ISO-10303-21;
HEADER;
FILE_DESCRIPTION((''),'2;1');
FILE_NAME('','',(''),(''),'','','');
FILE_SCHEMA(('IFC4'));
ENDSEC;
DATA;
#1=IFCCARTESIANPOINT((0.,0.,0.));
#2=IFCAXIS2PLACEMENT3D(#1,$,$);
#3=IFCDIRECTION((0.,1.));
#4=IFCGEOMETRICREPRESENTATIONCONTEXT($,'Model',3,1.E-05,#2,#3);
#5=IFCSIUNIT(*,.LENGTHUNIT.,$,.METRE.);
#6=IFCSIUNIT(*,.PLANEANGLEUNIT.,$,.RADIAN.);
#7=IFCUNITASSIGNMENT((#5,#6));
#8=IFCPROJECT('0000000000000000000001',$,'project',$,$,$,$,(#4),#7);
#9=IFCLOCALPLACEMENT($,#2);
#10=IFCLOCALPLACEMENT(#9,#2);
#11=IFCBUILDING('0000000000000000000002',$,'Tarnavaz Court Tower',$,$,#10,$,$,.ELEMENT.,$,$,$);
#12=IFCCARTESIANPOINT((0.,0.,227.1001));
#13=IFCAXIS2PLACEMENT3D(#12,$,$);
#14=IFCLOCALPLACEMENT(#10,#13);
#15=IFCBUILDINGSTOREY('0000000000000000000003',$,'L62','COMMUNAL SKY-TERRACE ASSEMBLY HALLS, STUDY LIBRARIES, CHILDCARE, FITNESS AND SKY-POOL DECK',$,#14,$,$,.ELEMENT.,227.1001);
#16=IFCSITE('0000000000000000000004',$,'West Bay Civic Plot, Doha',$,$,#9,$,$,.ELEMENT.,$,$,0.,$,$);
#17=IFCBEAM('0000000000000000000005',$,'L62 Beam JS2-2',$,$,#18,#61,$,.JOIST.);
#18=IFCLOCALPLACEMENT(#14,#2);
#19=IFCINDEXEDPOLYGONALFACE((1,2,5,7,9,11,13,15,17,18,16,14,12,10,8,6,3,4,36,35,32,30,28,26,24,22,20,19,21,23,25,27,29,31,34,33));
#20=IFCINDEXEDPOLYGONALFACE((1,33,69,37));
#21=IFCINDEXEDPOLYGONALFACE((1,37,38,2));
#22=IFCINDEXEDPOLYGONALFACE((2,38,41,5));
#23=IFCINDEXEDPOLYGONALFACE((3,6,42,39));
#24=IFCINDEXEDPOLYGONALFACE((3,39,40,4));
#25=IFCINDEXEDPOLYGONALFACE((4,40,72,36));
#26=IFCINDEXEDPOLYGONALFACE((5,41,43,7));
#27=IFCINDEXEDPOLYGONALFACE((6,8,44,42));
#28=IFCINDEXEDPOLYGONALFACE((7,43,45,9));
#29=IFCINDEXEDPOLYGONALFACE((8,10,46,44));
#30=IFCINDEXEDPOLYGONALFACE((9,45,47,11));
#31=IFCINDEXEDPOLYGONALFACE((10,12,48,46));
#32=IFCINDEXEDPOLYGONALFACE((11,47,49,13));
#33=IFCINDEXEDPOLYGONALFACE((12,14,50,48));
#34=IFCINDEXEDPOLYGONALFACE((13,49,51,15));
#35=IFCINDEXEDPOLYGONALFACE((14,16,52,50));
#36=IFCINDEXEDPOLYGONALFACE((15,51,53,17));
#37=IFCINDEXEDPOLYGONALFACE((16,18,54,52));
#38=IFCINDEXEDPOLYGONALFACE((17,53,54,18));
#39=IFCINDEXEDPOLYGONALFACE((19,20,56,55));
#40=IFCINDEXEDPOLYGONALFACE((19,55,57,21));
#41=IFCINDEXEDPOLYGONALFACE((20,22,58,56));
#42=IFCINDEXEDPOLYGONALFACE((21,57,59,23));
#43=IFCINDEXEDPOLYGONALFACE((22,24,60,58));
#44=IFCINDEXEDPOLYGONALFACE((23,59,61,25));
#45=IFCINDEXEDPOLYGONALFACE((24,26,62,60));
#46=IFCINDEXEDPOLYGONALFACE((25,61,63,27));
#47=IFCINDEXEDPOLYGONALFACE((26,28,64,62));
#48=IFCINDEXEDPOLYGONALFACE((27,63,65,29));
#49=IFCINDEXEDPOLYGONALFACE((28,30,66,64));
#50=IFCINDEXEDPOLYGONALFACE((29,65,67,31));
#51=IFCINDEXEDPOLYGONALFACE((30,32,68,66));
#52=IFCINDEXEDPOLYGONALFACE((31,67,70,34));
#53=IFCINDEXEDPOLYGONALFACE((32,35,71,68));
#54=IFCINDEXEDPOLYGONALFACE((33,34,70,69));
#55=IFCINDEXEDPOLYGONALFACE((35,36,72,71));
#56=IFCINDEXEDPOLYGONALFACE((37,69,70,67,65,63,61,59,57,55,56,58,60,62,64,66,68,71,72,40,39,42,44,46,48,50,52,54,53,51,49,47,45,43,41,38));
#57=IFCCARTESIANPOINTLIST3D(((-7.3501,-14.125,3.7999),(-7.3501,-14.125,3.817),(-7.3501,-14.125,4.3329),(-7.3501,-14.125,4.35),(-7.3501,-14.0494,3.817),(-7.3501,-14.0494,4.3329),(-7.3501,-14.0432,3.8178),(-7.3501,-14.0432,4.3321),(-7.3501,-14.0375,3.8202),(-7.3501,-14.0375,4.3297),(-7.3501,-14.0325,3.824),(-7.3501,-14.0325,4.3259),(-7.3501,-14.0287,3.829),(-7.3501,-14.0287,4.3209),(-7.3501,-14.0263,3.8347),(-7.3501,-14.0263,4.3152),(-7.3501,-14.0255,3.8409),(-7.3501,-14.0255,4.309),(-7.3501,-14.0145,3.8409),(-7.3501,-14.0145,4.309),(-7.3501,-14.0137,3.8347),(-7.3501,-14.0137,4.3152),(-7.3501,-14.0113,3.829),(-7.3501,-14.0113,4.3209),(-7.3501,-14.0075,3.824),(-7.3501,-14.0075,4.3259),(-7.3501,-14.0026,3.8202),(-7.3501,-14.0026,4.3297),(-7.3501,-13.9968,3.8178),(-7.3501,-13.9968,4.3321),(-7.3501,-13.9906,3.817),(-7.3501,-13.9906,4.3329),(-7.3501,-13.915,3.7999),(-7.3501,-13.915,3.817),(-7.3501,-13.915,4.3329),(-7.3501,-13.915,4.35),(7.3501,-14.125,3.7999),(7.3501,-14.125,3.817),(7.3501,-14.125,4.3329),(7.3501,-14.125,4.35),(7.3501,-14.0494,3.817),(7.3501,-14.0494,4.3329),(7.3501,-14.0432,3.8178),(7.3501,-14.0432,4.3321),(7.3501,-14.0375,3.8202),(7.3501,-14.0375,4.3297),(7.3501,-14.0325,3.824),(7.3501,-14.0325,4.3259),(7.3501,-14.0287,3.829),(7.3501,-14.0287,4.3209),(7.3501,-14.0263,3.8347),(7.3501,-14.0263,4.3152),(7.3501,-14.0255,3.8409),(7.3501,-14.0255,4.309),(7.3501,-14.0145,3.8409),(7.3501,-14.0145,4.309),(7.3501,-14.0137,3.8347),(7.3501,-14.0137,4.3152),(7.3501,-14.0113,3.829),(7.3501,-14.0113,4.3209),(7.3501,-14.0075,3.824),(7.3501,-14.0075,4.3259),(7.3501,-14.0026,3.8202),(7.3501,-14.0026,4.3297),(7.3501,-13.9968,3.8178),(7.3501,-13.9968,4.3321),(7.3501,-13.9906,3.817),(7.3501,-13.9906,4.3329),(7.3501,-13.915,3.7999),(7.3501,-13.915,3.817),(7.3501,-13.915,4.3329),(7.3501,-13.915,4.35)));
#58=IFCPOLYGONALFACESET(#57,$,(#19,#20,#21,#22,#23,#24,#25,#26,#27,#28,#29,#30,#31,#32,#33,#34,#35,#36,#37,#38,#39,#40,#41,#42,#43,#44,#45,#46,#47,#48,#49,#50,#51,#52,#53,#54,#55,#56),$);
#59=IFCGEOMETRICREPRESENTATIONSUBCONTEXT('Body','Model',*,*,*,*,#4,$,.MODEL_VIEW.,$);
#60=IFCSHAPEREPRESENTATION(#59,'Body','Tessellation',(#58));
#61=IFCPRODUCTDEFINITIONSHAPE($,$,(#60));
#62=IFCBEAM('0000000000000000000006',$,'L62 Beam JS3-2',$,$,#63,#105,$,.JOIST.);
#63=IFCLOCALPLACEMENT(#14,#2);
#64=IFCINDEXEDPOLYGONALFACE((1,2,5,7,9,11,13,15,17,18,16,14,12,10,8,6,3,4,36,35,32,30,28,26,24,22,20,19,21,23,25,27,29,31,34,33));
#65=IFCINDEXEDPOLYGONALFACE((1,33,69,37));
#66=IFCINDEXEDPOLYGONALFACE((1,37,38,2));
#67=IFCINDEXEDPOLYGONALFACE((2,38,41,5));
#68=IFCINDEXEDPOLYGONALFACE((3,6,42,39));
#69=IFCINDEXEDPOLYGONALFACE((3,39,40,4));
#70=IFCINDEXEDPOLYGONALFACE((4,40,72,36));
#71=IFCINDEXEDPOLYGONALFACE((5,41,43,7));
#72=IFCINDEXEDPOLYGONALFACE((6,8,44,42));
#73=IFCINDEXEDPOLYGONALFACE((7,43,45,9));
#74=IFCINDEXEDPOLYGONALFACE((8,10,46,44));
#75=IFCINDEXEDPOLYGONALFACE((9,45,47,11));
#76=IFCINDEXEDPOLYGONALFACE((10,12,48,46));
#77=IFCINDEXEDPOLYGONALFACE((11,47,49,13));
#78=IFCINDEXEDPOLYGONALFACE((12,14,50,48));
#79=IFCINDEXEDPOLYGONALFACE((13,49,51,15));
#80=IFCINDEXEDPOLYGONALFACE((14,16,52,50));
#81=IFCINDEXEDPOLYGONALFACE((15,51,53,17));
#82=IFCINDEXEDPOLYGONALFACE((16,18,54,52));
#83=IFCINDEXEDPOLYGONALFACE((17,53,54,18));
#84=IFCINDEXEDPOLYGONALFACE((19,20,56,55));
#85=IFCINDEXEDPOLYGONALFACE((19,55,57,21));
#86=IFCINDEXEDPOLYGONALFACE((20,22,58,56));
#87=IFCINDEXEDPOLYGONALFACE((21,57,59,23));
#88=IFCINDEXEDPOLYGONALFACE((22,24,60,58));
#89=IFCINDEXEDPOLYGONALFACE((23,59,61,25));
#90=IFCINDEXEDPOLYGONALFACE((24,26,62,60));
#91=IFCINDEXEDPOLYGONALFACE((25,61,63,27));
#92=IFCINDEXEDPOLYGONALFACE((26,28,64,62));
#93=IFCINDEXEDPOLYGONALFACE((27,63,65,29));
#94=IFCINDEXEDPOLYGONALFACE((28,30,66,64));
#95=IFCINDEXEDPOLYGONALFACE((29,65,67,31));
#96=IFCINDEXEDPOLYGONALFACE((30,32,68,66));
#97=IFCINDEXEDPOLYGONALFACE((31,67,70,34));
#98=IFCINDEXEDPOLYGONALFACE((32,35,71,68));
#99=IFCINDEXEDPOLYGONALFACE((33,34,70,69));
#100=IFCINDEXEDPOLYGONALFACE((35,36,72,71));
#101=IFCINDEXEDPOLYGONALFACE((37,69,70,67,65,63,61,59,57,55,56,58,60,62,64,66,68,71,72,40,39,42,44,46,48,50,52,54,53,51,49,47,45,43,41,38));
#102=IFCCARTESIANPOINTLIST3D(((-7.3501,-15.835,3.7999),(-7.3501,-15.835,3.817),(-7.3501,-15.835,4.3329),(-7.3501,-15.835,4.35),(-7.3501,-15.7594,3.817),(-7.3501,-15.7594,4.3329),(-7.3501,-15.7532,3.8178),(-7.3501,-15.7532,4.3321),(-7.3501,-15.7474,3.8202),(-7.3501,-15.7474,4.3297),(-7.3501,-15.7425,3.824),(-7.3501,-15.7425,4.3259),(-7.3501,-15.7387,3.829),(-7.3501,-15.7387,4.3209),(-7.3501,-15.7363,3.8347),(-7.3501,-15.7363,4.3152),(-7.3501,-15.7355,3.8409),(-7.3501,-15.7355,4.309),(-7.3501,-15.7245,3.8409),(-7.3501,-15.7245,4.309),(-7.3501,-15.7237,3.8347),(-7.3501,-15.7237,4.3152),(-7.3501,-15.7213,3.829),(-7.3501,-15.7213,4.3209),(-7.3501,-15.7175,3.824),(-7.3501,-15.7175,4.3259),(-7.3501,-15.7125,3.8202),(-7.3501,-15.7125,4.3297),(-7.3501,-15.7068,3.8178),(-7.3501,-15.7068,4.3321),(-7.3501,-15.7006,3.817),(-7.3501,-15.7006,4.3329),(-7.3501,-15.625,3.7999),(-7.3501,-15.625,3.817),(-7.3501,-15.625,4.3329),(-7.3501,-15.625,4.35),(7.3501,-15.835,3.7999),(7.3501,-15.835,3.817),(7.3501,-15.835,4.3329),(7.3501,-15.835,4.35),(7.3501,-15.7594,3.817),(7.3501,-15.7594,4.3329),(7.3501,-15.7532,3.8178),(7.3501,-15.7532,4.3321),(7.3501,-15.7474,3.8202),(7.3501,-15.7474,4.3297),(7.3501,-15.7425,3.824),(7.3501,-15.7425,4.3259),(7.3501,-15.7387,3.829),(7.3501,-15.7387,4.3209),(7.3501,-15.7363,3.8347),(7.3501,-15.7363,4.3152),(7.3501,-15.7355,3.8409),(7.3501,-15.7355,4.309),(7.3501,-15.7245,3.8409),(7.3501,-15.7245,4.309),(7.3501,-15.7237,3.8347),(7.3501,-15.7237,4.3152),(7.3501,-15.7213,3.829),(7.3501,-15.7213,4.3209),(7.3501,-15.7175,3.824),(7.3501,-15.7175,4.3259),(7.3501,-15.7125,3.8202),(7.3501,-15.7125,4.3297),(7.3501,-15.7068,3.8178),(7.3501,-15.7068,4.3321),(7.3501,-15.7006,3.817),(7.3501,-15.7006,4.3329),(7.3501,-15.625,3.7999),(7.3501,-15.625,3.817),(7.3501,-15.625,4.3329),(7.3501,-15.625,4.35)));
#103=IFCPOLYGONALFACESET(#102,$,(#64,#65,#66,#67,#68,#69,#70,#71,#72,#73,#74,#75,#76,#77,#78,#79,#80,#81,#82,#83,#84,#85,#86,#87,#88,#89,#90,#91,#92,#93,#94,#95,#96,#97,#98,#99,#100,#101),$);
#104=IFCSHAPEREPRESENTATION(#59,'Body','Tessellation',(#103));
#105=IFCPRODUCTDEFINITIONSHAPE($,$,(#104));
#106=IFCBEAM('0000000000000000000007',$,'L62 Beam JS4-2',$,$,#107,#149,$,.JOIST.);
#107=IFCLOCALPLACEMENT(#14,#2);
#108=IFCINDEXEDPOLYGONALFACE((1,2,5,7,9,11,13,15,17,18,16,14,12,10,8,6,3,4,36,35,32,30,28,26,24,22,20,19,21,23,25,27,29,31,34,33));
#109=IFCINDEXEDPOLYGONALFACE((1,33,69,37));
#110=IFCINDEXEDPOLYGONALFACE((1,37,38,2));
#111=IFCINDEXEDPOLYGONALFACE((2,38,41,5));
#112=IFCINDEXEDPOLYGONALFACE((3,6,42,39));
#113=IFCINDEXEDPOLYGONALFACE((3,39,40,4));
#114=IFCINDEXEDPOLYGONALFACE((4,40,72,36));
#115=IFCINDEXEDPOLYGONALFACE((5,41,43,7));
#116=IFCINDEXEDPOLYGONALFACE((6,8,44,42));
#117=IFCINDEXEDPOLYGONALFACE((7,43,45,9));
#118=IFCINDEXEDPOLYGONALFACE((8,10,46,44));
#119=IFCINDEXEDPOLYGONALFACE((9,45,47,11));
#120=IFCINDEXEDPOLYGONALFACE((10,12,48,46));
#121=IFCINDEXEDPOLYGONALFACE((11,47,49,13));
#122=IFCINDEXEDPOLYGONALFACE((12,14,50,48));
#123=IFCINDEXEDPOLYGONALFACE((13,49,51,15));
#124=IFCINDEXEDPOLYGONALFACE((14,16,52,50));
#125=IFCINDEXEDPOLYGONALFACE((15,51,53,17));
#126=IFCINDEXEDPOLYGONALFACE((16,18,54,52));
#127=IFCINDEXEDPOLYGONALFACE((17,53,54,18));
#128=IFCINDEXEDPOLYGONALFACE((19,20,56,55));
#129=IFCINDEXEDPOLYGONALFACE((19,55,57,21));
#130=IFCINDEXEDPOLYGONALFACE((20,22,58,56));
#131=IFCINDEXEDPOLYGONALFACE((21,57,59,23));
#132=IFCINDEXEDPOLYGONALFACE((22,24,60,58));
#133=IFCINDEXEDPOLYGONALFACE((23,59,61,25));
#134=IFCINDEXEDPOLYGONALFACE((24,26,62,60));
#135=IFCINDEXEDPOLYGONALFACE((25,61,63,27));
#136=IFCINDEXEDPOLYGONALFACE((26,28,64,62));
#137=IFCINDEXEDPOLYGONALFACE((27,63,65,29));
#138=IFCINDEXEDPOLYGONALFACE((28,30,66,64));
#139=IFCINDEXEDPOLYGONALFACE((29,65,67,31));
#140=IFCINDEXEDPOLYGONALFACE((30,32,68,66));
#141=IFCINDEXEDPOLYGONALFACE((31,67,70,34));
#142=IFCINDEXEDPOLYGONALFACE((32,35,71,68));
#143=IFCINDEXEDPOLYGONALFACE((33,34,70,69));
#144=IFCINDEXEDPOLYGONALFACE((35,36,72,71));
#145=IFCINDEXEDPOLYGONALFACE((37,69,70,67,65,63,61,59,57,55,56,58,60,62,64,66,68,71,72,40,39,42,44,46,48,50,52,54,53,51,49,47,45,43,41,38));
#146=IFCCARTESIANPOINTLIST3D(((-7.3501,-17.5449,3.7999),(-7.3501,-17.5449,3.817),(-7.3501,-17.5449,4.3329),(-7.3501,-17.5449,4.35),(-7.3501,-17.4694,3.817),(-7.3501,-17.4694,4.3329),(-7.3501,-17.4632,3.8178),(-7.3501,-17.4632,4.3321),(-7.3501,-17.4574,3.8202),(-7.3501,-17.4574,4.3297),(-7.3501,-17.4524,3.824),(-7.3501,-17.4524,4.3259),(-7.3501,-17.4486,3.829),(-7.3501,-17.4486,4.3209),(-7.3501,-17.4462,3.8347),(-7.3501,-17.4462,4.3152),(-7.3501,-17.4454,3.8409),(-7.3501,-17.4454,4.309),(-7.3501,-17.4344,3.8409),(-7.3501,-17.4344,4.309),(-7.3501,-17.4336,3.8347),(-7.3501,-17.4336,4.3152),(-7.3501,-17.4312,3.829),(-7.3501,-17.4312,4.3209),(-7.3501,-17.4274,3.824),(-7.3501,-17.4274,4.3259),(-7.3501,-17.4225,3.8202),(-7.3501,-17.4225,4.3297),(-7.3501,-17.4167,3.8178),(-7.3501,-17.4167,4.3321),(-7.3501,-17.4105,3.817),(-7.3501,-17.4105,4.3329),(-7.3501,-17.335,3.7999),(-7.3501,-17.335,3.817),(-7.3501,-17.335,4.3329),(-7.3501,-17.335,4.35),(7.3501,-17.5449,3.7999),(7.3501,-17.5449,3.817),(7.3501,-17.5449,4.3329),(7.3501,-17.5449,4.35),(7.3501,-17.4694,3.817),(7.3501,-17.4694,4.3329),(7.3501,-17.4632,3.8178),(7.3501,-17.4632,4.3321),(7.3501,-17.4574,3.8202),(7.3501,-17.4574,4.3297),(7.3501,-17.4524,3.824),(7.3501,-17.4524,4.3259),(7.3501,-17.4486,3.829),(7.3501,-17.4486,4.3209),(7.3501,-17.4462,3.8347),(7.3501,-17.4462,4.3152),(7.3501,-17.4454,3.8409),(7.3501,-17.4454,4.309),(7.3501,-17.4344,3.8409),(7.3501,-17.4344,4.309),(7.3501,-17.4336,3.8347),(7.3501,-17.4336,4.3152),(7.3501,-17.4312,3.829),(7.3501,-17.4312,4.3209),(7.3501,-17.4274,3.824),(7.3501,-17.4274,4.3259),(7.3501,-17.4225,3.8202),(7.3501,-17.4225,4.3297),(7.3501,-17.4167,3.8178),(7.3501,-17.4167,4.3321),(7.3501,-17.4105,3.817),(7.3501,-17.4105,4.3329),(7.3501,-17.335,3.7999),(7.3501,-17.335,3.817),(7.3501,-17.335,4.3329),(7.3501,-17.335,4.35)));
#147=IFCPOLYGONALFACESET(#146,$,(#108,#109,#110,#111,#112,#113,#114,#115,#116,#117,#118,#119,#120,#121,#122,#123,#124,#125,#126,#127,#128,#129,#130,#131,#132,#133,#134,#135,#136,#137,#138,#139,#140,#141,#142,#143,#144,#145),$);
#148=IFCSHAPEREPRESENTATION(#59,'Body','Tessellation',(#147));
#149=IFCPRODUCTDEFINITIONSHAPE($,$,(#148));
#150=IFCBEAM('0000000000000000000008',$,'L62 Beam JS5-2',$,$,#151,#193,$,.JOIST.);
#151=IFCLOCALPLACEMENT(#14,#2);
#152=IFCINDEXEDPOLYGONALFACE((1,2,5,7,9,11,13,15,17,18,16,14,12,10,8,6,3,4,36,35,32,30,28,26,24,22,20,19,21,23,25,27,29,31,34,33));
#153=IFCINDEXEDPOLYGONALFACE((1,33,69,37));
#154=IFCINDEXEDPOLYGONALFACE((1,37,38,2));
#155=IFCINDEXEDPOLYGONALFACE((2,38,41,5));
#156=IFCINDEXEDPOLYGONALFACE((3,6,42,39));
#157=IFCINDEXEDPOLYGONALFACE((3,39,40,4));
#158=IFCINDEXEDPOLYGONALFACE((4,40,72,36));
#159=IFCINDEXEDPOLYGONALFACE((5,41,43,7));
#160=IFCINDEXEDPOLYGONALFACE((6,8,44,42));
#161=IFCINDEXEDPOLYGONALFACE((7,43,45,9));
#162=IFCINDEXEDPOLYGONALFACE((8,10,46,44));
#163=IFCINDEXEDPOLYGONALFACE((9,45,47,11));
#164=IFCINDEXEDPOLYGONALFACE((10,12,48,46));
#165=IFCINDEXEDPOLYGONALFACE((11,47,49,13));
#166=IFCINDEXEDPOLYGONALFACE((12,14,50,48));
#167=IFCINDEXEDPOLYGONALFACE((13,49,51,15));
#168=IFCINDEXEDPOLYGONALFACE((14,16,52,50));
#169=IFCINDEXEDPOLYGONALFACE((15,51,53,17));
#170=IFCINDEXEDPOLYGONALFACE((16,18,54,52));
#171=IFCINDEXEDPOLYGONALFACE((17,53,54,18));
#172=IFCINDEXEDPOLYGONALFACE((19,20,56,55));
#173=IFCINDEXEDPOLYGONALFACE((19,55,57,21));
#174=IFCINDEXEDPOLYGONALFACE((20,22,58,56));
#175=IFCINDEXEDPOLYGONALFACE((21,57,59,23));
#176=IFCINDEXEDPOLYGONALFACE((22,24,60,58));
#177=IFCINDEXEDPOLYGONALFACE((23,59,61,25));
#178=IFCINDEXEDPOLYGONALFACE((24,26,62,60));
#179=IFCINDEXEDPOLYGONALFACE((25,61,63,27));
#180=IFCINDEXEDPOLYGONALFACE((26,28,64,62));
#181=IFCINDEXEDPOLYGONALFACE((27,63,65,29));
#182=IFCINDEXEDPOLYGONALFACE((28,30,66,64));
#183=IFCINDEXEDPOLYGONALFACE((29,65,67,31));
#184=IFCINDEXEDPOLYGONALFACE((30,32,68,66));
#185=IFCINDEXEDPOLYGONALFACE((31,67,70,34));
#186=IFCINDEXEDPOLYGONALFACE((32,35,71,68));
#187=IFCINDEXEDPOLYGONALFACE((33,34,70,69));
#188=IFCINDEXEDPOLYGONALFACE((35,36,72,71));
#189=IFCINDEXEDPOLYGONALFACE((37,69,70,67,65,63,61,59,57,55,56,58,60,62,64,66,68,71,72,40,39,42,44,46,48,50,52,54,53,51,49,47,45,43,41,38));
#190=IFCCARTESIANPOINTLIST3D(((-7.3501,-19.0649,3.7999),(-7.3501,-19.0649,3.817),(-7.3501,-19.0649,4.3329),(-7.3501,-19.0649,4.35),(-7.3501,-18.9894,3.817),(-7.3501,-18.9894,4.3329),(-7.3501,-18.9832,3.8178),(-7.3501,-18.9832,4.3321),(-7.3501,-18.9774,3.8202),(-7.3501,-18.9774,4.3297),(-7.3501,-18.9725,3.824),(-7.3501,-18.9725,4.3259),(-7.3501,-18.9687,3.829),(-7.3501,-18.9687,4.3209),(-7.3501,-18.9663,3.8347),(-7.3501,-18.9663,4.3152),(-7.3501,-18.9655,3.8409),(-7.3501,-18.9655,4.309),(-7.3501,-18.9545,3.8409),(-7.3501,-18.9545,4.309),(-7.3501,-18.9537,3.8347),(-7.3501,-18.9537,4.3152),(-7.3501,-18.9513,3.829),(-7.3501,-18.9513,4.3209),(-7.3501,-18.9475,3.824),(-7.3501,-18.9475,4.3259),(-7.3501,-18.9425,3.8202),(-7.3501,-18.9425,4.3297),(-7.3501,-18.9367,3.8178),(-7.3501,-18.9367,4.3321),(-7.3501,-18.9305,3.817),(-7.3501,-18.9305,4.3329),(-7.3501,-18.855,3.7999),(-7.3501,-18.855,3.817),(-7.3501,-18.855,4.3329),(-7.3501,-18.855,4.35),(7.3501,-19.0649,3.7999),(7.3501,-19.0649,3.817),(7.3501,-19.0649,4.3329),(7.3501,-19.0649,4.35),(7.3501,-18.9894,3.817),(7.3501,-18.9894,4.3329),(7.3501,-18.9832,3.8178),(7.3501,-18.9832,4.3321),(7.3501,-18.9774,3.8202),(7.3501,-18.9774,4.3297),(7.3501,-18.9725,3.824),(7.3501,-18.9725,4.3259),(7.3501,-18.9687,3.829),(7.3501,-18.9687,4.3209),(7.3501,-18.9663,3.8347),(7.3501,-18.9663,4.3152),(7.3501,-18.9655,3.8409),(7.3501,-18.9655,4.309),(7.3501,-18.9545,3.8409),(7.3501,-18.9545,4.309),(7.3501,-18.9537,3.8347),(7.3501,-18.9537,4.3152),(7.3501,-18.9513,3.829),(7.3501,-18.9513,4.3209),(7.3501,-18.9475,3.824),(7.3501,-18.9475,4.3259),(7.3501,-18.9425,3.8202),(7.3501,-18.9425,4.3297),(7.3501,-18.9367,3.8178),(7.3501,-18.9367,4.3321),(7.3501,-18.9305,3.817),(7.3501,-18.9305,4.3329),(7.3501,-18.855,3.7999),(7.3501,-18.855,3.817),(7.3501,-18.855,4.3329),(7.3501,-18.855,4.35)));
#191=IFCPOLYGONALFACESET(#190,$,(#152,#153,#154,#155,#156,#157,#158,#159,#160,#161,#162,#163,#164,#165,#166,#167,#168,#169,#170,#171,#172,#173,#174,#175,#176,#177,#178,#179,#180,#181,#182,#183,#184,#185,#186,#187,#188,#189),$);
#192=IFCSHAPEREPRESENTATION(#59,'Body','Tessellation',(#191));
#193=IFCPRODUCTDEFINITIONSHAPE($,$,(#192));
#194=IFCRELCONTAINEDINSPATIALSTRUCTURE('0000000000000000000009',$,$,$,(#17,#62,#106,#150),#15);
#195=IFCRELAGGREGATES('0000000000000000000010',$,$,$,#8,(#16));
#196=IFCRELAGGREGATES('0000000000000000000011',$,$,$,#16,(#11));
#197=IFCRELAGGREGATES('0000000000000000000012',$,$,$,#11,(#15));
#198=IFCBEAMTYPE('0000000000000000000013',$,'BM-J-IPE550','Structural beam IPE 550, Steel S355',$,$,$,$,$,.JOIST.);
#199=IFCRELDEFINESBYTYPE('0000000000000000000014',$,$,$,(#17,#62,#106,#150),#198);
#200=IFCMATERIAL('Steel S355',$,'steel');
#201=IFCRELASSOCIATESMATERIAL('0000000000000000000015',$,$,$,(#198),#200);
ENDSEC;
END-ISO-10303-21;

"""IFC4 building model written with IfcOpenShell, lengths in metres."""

from ifc_helpers import new_model, si_unit, direction, frame, origin, origin_2d, place, context, subcontext, project, spatial, i_section, extrude, material, material_profile, profile_set, type_object, element, save


model = new_model("IFC4")

# Units and contexts
model_context = context("Model", 3, precision=1e-05, world=origin(), true_north=direction((0.0, 1.0)))
body_context = subcontext(model_context, "Body", "Model", "MODEL_VIEW")
ifc_project = project(units=[si_unit("LENGTHUNIT", "METRE"), si_unit("PLANEANGLEUNIT", "RADIAN")], contexts=[model_context])

# Site, building, storey
site_placement = place(None, origin())
site = spatial("IfcSite", under=ifc_project, at=site_placement, Name="West Bay Civic Plot, Doha", CompositionType="ELEMENT", RefElevation=0.0)
building_placement = place(site_placement, origin())
building = spatial("IfcBuilding", under=site, at=building_placement, Name="Tarnavaz Court Tower", CompositionType="ELEMENT")
storey_placement = place(building_placement, frame((0.0, 0.0, 227.1001)))
storey = spatial("IfcBuildingStorey", under=building, at=storey_placement, Name="L62", Description="COMMUNAL SKY-TERRACE ASSEMBLY HALLS, STUDY LIBRARIES, CHILDCARE, FITNESS AND SKY-POOL DECK", CompositionType="ELEMENT", Elevation=227.1001)

# Beams
ifc_material_1 = material(Name="Steel S355", Category="steel")
ifc_material_profile_1 = material_profile(ifc_material_1, i_section(OverallWidth=0.21, OverallDepth=0.55, WebThickness=0.011, FlangeThickness=0.0171, FilletRadius=0.0239, at=origin_2d()), Name="IPE 550")
ifc_profile_set_1 = profile_set([ifc_material_profile_1], Name="Steel S355")
beam_type_1 = type_object("IfcBeamType", Name="BM-J-IPE550", Description="Structural beam IPE 550, Steel S355", PredefinedType="JOIST", material=ifc_profile_set_1)
for number, where, z_axis, x_axis, name in (
    (1, (-7.3501, -14.02, 4.075), (1.0, 0.0, 0.0), (0.0, 1.0, 0.0), "L62 Beam JS2-2"),
    (2, (-7.3501, -15.73, 4.075), (1.0, 0.0, 0.0), (0.0, 1.0, 0.0), "L62 Beam JS3-2"),
    (3, (-7.3501, -17.4399, 4.075), (1.0, 0.0, 0.0), (0.0, 1.0, 0.0), "L62 Beam JS4-2"),
    (4, (-7.3501, -18.96, 4.075), (1.0, 0.0, 0.0), (0.0, 1.0, 0.0), "L62 Beam JS5-2"),
):
    element("IfcBeam", number, at=place(storey_placement, frame(where, z_axis=z_axis, x_axis=x_axis)), inside=storey, type_object=beam_type_1, Name=name, PredefinedType="JOIST", context=body_context, shape_type="SweptSolid", body=[
        extrude(i_section(OverallWidth=0.21, OverallDepth=0.55, WebThickness=0.011, FlangeThickness=0.0171, FilletRadius=0.0239, at=origin_2d()), origin(), (0.0, 0.0, 1.0), 14.7002),
    ])

save(model, "model.ifc")
